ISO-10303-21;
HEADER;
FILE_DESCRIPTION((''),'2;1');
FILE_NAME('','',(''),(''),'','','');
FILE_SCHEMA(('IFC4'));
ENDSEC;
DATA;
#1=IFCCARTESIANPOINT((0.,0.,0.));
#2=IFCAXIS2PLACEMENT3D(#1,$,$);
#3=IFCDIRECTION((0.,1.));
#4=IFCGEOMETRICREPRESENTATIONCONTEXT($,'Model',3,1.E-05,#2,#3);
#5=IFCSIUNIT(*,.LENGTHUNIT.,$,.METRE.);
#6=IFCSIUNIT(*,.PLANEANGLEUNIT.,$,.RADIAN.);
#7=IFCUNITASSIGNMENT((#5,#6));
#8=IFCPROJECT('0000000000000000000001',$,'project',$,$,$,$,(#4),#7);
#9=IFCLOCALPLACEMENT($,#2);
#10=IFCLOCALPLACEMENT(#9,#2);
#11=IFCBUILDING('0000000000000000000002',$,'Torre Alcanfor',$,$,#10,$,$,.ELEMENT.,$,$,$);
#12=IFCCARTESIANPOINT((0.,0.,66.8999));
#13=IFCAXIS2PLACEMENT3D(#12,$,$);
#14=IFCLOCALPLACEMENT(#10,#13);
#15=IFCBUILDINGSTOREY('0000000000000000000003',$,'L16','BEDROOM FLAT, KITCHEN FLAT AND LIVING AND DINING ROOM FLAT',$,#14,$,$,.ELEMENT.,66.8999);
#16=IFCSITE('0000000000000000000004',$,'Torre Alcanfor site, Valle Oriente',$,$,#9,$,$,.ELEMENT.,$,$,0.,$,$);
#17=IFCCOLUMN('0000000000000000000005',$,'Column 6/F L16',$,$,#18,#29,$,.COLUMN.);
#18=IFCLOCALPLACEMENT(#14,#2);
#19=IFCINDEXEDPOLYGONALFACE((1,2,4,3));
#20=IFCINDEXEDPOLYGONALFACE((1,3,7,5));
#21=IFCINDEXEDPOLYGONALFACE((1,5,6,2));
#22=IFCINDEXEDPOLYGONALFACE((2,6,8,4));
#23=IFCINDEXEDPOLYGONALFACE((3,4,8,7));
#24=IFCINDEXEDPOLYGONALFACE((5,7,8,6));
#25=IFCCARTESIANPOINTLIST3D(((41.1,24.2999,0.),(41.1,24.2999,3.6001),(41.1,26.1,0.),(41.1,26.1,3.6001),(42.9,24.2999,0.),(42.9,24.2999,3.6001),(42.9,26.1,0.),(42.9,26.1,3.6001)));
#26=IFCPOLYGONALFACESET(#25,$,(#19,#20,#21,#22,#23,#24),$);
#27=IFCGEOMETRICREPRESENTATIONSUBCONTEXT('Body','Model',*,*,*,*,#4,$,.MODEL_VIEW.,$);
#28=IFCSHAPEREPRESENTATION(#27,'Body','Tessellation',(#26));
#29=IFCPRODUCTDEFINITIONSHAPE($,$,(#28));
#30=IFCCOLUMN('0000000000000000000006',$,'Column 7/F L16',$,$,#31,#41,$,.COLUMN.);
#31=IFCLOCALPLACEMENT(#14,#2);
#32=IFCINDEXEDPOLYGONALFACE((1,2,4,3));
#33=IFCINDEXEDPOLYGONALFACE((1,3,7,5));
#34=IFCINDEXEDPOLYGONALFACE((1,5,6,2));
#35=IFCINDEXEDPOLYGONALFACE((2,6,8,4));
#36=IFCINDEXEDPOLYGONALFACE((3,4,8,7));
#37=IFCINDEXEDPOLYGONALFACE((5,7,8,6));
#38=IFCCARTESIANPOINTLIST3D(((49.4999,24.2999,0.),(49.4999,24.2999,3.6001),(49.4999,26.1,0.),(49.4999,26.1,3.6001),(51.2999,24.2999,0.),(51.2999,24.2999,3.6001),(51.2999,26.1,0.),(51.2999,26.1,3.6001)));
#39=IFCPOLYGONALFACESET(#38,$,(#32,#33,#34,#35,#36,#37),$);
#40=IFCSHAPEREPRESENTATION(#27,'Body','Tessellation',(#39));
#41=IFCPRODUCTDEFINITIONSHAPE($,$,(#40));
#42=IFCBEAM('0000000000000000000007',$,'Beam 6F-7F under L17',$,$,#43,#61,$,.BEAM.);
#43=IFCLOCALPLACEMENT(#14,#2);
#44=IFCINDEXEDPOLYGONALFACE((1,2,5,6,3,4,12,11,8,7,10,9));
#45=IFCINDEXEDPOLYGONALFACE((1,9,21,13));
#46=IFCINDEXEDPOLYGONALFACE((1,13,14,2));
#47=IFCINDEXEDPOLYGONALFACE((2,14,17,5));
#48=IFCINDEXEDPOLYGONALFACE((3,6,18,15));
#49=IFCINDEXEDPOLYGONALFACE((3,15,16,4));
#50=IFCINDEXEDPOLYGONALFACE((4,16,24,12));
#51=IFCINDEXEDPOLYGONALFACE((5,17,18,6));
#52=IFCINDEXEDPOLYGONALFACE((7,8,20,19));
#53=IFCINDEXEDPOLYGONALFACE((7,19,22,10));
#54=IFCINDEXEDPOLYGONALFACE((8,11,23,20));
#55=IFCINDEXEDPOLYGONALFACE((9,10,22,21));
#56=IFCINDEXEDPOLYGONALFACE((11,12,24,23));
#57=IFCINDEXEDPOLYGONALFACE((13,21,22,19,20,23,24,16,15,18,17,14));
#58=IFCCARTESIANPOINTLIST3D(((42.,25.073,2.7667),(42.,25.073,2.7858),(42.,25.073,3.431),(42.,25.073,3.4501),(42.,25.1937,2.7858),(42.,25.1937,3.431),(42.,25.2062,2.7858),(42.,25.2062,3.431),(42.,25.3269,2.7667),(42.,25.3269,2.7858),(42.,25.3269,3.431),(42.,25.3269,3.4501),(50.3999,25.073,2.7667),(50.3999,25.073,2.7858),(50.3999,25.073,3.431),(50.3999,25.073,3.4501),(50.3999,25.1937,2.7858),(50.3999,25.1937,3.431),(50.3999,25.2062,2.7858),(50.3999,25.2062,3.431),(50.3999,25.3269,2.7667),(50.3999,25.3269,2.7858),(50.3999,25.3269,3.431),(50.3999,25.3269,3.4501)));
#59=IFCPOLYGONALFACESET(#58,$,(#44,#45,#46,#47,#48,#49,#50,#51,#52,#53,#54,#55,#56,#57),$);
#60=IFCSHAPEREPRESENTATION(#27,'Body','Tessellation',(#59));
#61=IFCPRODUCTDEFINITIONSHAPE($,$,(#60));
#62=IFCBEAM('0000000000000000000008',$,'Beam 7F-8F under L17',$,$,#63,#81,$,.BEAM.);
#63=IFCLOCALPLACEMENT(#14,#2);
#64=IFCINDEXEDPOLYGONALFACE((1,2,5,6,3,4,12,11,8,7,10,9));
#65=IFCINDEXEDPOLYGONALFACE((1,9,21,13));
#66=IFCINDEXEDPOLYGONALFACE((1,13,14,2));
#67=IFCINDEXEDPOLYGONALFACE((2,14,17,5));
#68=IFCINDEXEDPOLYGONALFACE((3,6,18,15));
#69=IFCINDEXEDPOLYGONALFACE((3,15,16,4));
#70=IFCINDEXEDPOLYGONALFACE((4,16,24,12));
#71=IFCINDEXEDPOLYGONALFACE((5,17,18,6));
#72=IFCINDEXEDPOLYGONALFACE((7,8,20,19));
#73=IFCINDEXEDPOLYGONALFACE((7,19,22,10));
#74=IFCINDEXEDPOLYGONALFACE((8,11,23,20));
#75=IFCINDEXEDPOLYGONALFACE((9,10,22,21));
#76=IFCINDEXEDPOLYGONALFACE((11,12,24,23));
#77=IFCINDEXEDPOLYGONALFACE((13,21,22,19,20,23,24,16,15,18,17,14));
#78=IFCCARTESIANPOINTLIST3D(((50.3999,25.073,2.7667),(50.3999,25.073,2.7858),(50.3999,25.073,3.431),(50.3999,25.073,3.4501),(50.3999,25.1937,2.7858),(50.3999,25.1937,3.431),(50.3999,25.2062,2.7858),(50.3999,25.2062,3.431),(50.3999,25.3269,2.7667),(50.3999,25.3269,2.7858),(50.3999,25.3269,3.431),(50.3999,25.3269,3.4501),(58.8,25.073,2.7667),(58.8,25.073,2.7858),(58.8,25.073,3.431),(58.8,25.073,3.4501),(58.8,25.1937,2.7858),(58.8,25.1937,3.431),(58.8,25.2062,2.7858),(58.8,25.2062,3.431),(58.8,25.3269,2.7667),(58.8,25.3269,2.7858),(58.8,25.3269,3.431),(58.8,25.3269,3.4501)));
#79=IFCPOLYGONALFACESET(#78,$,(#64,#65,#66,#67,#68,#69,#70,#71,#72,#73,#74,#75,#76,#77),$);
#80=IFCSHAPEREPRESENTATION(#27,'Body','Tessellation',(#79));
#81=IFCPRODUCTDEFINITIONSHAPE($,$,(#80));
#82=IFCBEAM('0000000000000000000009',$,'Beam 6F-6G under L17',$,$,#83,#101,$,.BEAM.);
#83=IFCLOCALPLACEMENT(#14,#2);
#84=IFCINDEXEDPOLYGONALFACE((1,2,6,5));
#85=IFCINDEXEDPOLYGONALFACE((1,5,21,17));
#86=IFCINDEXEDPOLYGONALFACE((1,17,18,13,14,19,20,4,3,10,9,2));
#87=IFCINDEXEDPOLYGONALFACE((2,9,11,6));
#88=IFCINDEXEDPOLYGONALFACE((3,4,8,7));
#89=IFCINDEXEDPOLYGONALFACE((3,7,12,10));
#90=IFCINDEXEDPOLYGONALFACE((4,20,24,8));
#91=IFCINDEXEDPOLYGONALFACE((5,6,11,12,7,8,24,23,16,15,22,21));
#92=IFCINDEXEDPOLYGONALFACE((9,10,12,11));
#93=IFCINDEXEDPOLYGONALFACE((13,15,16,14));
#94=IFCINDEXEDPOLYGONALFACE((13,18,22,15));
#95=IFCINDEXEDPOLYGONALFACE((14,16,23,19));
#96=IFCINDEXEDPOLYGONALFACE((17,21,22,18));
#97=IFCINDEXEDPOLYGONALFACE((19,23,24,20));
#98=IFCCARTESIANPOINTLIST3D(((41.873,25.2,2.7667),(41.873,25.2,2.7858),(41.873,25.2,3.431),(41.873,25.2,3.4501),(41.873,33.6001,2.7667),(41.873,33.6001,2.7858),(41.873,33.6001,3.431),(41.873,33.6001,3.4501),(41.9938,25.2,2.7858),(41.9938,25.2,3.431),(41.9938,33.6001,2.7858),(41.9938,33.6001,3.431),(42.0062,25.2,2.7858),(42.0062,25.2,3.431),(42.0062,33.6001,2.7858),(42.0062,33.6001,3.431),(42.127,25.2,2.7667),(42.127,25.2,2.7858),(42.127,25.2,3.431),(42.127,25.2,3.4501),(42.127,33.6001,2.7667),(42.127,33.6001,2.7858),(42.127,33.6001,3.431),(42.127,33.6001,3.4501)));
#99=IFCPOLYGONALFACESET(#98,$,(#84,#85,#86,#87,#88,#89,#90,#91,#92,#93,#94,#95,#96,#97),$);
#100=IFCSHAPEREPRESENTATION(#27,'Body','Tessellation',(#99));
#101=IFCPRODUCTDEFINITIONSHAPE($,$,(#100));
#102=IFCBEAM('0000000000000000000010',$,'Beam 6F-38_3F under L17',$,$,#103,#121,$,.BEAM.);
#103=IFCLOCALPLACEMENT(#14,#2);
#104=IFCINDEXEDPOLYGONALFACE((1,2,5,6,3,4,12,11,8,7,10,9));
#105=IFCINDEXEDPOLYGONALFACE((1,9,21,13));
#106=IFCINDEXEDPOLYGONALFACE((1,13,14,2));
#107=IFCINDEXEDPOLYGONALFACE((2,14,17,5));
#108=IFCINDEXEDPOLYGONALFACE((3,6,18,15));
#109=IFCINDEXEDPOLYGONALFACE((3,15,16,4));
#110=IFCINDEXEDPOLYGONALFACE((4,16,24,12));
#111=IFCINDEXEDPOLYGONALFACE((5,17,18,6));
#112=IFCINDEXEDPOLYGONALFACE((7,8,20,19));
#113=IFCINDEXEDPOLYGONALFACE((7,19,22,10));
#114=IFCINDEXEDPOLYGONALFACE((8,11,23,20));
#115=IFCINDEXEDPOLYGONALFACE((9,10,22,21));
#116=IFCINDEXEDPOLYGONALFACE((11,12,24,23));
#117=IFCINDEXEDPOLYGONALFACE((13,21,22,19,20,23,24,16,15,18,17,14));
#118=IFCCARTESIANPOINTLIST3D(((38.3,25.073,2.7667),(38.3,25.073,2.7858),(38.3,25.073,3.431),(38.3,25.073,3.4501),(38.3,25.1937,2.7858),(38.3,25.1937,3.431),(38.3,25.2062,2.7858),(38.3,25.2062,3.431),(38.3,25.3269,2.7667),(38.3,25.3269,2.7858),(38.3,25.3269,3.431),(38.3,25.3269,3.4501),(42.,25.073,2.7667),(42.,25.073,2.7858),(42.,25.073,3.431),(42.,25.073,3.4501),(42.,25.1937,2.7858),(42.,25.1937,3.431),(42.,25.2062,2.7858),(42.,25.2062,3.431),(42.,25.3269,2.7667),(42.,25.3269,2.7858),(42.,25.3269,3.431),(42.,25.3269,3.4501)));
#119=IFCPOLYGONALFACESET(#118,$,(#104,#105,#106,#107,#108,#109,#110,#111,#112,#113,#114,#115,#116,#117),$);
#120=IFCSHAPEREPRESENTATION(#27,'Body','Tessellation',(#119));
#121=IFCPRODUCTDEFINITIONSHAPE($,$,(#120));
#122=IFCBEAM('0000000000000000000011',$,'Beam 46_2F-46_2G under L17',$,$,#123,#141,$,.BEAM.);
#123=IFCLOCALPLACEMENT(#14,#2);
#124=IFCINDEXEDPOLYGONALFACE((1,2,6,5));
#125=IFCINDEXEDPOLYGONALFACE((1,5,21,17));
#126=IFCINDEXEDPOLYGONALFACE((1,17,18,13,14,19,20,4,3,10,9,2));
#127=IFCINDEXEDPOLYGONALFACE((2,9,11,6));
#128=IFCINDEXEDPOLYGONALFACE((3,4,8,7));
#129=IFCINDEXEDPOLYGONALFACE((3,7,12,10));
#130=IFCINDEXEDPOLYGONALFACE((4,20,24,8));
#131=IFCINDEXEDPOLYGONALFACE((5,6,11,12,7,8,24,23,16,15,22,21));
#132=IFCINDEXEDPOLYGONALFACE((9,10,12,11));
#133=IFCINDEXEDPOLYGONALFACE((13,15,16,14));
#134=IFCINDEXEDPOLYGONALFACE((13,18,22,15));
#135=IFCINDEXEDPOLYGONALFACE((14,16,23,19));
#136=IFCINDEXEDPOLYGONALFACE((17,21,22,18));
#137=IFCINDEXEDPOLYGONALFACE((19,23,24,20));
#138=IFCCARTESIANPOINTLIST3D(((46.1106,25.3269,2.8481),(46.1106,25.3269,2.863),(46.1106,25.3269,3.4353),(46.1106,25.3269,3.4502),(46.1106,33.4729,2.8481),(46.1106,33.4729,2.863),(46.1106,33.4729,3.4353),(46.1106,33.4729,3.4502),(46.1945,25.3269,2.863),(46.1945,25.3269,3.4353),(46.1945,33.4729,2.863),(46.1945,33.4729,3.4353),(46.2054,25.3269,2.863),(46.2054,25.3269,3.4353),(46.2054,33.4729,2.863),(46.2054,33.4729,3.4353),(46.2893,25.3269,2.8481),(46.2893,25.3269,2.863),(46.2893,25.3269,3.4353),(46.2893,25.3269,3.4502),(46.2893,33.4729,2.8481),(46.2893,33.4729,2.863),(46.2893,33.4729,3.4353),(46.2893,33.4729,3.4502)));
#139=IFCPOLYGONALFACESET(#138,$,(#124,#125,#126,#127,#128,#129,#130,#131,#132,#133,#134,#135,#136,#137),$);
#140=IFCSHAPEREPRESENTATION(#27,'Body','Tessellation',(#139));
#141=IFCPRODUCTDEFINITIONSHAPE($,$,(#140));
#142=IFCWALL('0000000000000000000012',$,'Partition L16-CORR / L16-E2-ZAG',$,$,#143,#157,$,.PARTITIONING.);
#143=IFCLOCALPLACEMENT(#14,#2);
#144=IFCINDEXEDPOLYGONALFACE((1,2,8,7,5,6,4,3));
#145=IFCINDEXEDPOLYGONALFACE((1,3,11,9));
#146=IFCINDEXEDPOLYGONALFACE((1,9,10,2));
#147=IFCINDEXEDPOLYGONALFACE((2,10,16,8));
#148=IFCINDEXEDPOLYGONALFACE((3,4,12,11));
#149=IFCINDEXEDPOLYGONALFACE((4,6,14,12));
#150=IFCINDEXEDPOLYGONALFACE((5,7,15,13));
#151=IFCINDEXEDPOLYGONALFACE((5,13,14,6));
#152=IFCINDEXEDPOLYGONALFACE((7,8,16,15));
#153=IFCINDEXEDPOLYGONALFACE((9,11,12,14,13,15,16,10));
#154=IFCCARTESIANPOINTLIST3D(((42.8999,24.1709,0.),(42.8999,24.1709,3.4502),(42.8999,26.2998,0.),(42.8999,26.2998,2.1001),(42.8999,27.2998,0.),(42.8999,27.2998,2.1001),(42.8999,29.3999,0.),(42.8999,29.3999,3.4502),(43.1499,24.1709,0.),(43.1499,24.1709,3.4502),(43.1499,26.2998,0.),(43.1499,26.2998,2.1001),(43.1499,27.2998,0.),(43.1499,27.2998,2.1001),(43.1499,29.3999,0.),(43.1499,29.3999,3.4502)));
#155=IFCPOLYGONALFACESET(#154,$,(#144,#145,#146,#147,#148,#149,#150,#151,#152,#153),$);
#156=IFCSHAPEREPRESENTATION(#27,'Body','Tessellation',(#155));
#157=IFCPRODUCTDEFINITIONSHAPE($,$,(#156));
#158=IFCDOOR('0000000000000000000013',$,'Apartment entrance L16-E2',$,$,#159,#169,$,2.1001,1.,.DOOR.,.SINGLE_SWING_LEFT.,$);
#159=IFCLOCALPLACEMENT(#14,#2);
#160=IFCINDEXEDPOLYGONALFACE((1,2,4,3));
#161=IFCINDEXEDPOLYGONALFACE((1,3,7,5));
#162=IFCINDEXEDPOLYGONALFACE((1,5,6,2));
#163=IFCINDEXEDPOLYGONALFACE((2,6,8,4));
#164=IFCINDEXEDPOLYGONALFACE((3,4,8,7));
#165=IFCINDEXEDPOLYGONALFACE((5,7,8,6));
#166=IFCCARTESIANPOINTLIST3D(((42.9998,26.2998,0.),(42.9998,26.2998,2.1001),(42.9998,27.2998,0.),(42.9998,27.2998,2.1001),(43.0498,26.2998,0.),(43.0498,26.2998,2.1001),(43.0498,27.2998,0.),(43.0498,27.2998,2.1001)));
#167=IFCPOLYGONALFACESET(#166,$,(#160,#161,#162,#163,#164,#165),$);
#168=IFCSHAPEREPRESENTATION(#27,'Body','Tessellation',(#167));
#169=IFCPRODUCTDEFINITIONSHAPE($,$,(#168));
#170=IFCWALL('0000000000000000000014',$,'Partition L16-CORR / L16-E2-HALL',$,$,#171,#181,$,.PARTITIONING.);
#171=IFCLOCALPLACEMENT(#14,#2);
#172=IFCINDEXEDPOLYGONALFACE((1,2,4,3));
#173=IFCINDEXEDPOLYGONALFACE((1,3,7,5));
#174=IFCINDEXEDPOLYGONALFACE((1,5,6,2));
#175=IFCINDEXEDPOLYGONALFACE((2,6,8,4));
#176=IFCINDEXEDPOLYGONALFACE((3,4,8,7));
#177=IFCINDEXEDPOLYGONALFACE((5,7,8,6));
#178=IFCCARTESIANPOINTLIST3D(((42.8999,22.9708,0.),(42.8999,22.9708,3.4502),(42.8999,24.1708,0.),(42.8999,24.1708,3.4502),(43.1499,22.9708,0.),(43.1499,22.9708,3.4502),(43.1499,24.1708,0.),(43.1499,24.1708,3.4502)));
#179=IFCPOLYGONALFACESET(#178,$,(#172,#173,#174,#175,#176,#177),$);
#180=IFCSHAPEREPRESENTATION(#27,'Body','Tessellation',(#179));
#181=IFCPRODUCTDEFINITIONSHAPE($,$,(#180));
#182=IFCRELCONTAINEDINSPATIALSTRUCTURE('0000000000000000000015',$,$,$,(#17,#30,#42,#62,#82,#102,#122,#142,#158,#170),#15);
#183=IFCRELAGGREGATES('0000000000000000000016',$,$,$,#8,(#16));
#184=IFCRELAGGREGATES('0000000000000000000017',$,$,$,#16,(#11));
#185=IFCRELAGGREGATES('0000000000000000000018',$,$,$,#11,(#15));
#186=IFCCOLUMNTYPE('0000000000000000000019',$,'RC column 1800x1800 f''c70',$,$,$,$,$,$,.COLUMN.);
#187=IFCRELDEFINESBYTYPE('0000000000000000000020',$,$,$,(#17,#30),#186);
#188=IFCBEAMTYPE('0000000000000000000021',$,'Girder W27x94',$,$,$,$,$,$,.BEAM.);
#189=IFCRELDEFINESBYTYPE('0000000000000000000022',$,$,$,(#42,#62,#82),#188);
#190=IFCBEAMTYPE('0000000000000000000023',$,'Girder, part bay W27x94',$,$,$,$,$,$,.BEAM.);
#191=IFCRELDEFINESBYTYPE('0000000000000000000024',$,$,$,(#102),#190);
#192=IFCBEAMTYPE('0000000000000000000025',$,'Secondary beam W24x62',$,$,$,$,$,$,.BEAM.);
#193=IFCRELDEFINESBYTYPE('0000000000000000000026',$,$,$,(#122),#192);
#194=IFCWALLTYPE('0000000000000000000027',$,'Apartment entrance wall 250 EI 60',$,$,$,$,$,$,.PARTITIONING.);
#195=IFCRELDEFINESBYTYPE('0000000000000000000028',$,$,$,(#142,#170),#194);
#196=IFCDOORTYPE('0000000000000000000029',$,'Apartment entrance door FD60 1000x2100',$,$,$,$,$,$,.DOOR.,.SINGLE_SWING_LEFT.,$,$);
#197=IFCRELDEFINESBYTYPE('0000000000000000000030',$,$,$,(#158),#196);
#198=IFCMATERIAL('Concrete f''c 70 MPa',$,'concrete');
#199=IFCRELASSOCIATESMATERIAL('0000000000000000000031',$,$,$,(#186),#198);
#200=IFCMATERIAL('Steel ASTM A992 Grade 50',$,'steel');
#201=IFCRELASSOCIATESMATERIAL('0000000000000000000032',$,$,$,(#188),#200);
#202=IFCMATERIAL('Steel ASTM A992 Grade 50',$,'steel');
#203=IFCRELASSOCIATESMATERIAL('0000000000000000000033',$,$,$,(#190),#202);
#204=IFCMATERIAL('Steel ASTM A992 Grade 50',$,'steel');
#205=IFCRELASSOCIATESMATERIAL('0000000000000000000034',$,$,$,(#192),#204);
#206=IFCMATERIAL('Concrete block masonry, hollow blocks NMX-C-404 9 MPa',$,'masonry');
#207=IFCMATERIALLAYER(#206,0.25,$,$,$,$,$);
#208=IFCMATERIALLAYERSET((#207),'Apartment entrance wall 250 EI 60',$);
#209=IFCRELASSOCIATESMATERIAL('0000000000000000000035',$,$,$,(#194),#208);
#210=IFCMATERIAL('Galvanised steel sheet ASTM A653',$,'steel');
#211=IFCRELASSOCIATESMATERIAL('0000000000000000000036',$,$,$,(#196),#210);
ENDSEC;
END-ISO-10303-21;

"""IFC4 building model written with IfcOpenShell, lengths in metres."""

from ifc_helpers import new_model, si_unit, direction, frame, frame_2d, origin, origin_2d, place, context, subcontext, project, spatial, rectangle, i_section, extrude, material, layer, layer_set, material_profile, profile_set, type_object, element, fill, save


model = new_model("IFC4")

# Units and contexts
model_context = context("Model", 3, precision=1e-05, world=origin(), true_north=direction((0.0, 1.0)))
body_context = subcontext(model_context, "Body", "Model", "MODEL_VIEW")
ifc_project = project(units=[si_unit("LENGTHUNIT", "METRE"), si_unit("PLANEANGLEUNIT", "RADIAN")], contexts=[model_context])

# Site, building, storey
site_placement = place(None, origin())
site = spatial("IfcSite", under=ifc_project, at=site_placement, Name="Torre Alcanfor site, Valle Oriente", CompositionType="ELEMENT", RefElevation=0.0)
building_placement = place(site_placement, origin())
building = spatial("IfcBuilding", under=site, at=building_placement, Name="Torre Alcanfor", CompositionType="ELEMENT")
storey_placement = place(building_placement, frame((0.0, 0.0, 66.8999)))
storey = spatial("IfcBuildingStorey", under=building, at=storey_placement, Name="L16", Description="BEDROOM FLAT, KITCHEN FLAT AND LIVING AND DINING ROOM FLAT", CompositionType="ELEMENT", Elevation=66.8999)

# Columns
ifc_material_1 = material(Name="Concrete f'c 70 MPa", Category="concrete")
ifc_material_profile_1 = material_profile(ifc_material_1, rectangle(XDim=1.8, YDim=1.8, at=origin_2d()), Name="1800x1800")
ifc_profile_set_1 = profile_set([ifc_material_profile_1], Name="Concrete f'c 70 MPa")
column_type = type_object("IfcColumnType", Name="RC column 1800x1800 f'c70", PredefinedType="COLUMN", material=ifc_profile_set_1)
for number, where, z_axis, x_axis, name in (
    (1, (42.0, 25.2, 0.0), (0.0, 0.0, 1.0), (1.0, 0.0, 0.0), "Column 6/F L16"),
    (2, (50.3999, 25.2, 0.0), (0.0, 0.0, 1.0), (1.0, 0.0, 0.0), "Column 7/F L16"),
):
    element("IfcColumn", number, at=place(storey_placement, frame(where, z_axis=z_axis, x_axis=x_axis)), inside=storey, type_object=column_type, Name=name, PredefinedType="COLUMN", context=body_context, shape_type="SweptSolid", body=[
        extrude(rectangle(XDim=1.8, YDim=1.8, at=origin_2d()), origin(), (0.0, 0.0, 1.0), 3.6001),
    ])

# Beams
ifc_material_2 = material(Name="Steel ASTM A992 Grade 50", Category="steel")
ifc_material_profile_2 = material_profile(ifc_material_2, i_section(OverallWidth=0.2539, OverallDepth=0.6833, WebThickness=0.0125, FlangeThickness=0.019, at=origin_2d()), Name="W27x94")
ifc_profile_set_2 = profile_set([ifc_material_profile_2], Name="Steel ASTM A992 Grade 50")
beam_type_1 = type_object("IfcBeamType", Name="Girder W27x94", PredefinedType="BEAM", material=ifc_profile_set_2)
beam_1_placement = place(storey_placement, frame((42.0, 25.2, 3.1084), z_axis=(1.0, 0.0, 0.0), x_axis=(0.0, 1.0, 0.0)))
element("IfcBeam", 3, at=beam_1_placement, inside=storey, type_object=beam_type_1, Name="Beam 6F-7F under L17", PredefinedType="BEAM", context=body_context, shape_type="SweptSolid", body=[
    extrude(i_section(OverallWidth=0.2539, OverallDepth=0.6833, WebThickness=0.0125, FlangeThickness=0.019, at=origin_2d()), origin(), (0.0, 0.0, 1.0), 8.3999),
])
for number, where, z_axis, x_axis, name in (
    (4, (50.3999, 25.2, 3.1084), (1.0, 0.0, 0.0), (0.0, 1.0, 0.0), "Beam 7F-8F under L17"),
    (5, (42.0, 25.2, 3.1084), (0.0, 1.0, 0.0), (-1.0, 0.0, 0.0), "Beam 6F-6G under L17"),
):
    element("IfcBeam", number, at=place(storey_placement, frame(where, z_axis=z_axis, x_axis=x_axis)), inside=storey, type_object=beam_type_1, Name=name, PredefinedType="BEAM", context=body_context, shape_type="SweptSolid", body=[
        extrude(i_section(OverallWidth=0.2539, OverallDepth=0.6833, WebThickness=0.0125, FlangeThickness=0.019, at=origin_2d()), origin(), (0.0, 0.0, 1.0), 8.4001),
    ])
ifc_material_3 = material(Name="Steel ASTM A992 Grade 50", Category="steel")
ifc_material_profile_3 = material_profile(ifc_material_3, i_section(OverallWidth=0.2539, OverallDepth=0.6833, WebThickness=0.0125, FlangeThickness=0.019, at=origin_2d()), Name="W27x94")
ifc_profile_set_3 = profile_set([ifc_material_profile_3], Name="Steel ASTM A992 Grade 50")
beam_type_2 = type_object("IfcBeamType", Name="Girder, part bay W27x94", PredefinedType="BEAM", material=ifc_profile_set_3)
beam_2_placement = place(storey_placement, frame((42.0, 25.2, 3.1084), z_axis=(-1.0, 0.0, 0.0), x_axis=(0.0, -1.0, 0.0)))
element("IfcBeam", 6, at=beam_2_placement, inside=storey, type_object=beam_type_2, Name="Beam 6F-38_3F under L17", PredefinedType="BEAM", context=body_context, shape_type="SweptSolid", body=[
    extrude(i_section(OverallWidth=0.2539, OverallDepth=0.6833, WebThickness=0.0125, FlangeThickness=0.019, at=origin_2d()), origin(), (0.0, 0.0, 1.0), 3.7),
])
ifc_material_4 = material(Name="Steel ASTM A992 Grade 50", Category="steel")
ifc_material_profile_4 = material_profile(ifc_material_4, i_section(OverallWidth=0.1787, OverallDepth=0.6021, WebThickness=0.011, FlangeThickness=0.0149, at=origin_2d()), Name="W24x62")
ifc_profile_set_4 = profile_set([ifc_material_profile_4], Name="Steel ASTM A992 Grade 50")
beam_type_3 = type_object("IfcBeamType", Name="Secondary beam W24x62", PredefinedType="BEAM", material=ifc_profile_set_4)
beam_3_placement = place(storey_placement, frame((46.2, 25.3269, 3.1492), z_axis=(0.0, 1.0, 0.0), x_axis=(-1.0, 0.0, 0.0)))
element("IfcBeam", 7, at=beam_3_placement, inside=storey, type_object=beam_type_3, Name="Beam 46_2F-46_2G under L17", PredefinedType="BEAM", context=body_context, shape_type="SweptSolid", body=[
    extrude(i_section(OverallWidth=0.1787, OverallDepth=0.6021, WebThickness=0.011, FlangeThickness=0.0149, at=origin_2d()), origin(), (0.0, 0.0, 1.0), 8.146),
])

# Wall, opening, door
ifc_material_5 = material(Name="Concrete block masonry, hollow blocks NMX-C-404 9 MPa", Category="masonry")
ifc_layer_1 = layer(ifc_material_5, 0.25)
ifc_layer_set_1 = layer_set([ifc_layer_1], Name="Apartment entrance wall 250 EI 60")
wall_type_1 = type_object("IfcWallType", Name="Apartment entrance wall 250 EI 60", PredefinedType="PARTITIONING", material=ifc_layer_set_1)
wall_1_placement = place(storey_placement, frame((43.0249, 29.3999, 0.0), z_axis=(0.0, 0.0, 1.0), x_axis=(0.0, -1.0, 0.0)))
wall_1 = element("IfcWall", 8, at=wall_1_placement, inside=storey, type_object=wall_type_1, Name="Partition L16-CORR / L16-E2-ZAG", PredefinedType="PARTITIONING", context=body_context, shape_type="SweptSolid", body=[
    extrude(rectangle(XDim=5.229, YDim=0.25, at=frame_2d((2.6145, 0.0))), origin(), (0.0, 0.0, 1.0), 3.4502),
])
opening_1_placement = place(wall_1_placement, frame((2.1001, 0.0, 0.0)))
opening_1 = element("IfcOpeningElement", 9, at=opening_1_placement, cuts=wall_1, PredefinedType="OPENING", context=body_context, shape_type="SweptSolid", body=[
    extrude(rectangle(XDim=1.0, YDim=2.1001, at=frame_2d((0.5, 1.05))), frame((0.0, 0.135, 0.0), z_axis=(0.0, -1.0, 0.0), x_axis=(1.0, 0.0, 0.0)), (0.0, 0.0, 1.0), 0.27),
])
ifc_material_6 = material(Name="Galvanised steel sheet ASTM A653", Category="steel")
door_type_1 = type_object("IfcDoorType", Name="Apartment entrance door FD60 1000x2100", OperationType="SINGLE_SWING_LEFT", PredefinedType="DOOR", material=ifc_material_6)
door_1_placement = place(opening_1_placement, origin())
door_1 = element("IfcDoor", 10, at=door_1_placement, inside=storey, type_object=door_type_1, Name="Apartment entrance L16-E2", OperationType="SINGLE_SWING_LEFT", OverallHeight=2.1001, OverallWidth=1.0, PredefinedType="DOOR", context=body_context, shape_type="SweptSolid", body=[
    extrude(rectangle(XDim=1.0, YDim=2.1001, at=frame_2d((0.5, 1.05))), frame((0.0, 0.0249, 0.0), z_axis=(0.0, -1.0, 0.0), x_axis=(1.0, 0.0, 0.0)), (0.0, 0.0, 1.0), 0.05),
])
fill(opening_1, door_1)

# Wall
wall_2_placement = place(storey_placement, frame((43.0249, 24.1709, 0.0), z_axis=(0.0, 0.0, 1.0), x_axis=(0.0, -1.0, 0.0)))
element("IfcWall", 11, at=wall_2_placement, inside=storey, type_object=wall_type_1, Name="Partition L16-CORR / L16-E2-HALL", PredefinedType="PARTITIONING", context=body_context, shape_type="SweptSolid", body=[
    extrude(rectangle(XDim=1.2, YDim=0.25, at=frame_2d((0.6001, 0.0))), origin(), (0.0, 0.0, 1.0), 3.4502),
])

save(model, "model.ifc")
